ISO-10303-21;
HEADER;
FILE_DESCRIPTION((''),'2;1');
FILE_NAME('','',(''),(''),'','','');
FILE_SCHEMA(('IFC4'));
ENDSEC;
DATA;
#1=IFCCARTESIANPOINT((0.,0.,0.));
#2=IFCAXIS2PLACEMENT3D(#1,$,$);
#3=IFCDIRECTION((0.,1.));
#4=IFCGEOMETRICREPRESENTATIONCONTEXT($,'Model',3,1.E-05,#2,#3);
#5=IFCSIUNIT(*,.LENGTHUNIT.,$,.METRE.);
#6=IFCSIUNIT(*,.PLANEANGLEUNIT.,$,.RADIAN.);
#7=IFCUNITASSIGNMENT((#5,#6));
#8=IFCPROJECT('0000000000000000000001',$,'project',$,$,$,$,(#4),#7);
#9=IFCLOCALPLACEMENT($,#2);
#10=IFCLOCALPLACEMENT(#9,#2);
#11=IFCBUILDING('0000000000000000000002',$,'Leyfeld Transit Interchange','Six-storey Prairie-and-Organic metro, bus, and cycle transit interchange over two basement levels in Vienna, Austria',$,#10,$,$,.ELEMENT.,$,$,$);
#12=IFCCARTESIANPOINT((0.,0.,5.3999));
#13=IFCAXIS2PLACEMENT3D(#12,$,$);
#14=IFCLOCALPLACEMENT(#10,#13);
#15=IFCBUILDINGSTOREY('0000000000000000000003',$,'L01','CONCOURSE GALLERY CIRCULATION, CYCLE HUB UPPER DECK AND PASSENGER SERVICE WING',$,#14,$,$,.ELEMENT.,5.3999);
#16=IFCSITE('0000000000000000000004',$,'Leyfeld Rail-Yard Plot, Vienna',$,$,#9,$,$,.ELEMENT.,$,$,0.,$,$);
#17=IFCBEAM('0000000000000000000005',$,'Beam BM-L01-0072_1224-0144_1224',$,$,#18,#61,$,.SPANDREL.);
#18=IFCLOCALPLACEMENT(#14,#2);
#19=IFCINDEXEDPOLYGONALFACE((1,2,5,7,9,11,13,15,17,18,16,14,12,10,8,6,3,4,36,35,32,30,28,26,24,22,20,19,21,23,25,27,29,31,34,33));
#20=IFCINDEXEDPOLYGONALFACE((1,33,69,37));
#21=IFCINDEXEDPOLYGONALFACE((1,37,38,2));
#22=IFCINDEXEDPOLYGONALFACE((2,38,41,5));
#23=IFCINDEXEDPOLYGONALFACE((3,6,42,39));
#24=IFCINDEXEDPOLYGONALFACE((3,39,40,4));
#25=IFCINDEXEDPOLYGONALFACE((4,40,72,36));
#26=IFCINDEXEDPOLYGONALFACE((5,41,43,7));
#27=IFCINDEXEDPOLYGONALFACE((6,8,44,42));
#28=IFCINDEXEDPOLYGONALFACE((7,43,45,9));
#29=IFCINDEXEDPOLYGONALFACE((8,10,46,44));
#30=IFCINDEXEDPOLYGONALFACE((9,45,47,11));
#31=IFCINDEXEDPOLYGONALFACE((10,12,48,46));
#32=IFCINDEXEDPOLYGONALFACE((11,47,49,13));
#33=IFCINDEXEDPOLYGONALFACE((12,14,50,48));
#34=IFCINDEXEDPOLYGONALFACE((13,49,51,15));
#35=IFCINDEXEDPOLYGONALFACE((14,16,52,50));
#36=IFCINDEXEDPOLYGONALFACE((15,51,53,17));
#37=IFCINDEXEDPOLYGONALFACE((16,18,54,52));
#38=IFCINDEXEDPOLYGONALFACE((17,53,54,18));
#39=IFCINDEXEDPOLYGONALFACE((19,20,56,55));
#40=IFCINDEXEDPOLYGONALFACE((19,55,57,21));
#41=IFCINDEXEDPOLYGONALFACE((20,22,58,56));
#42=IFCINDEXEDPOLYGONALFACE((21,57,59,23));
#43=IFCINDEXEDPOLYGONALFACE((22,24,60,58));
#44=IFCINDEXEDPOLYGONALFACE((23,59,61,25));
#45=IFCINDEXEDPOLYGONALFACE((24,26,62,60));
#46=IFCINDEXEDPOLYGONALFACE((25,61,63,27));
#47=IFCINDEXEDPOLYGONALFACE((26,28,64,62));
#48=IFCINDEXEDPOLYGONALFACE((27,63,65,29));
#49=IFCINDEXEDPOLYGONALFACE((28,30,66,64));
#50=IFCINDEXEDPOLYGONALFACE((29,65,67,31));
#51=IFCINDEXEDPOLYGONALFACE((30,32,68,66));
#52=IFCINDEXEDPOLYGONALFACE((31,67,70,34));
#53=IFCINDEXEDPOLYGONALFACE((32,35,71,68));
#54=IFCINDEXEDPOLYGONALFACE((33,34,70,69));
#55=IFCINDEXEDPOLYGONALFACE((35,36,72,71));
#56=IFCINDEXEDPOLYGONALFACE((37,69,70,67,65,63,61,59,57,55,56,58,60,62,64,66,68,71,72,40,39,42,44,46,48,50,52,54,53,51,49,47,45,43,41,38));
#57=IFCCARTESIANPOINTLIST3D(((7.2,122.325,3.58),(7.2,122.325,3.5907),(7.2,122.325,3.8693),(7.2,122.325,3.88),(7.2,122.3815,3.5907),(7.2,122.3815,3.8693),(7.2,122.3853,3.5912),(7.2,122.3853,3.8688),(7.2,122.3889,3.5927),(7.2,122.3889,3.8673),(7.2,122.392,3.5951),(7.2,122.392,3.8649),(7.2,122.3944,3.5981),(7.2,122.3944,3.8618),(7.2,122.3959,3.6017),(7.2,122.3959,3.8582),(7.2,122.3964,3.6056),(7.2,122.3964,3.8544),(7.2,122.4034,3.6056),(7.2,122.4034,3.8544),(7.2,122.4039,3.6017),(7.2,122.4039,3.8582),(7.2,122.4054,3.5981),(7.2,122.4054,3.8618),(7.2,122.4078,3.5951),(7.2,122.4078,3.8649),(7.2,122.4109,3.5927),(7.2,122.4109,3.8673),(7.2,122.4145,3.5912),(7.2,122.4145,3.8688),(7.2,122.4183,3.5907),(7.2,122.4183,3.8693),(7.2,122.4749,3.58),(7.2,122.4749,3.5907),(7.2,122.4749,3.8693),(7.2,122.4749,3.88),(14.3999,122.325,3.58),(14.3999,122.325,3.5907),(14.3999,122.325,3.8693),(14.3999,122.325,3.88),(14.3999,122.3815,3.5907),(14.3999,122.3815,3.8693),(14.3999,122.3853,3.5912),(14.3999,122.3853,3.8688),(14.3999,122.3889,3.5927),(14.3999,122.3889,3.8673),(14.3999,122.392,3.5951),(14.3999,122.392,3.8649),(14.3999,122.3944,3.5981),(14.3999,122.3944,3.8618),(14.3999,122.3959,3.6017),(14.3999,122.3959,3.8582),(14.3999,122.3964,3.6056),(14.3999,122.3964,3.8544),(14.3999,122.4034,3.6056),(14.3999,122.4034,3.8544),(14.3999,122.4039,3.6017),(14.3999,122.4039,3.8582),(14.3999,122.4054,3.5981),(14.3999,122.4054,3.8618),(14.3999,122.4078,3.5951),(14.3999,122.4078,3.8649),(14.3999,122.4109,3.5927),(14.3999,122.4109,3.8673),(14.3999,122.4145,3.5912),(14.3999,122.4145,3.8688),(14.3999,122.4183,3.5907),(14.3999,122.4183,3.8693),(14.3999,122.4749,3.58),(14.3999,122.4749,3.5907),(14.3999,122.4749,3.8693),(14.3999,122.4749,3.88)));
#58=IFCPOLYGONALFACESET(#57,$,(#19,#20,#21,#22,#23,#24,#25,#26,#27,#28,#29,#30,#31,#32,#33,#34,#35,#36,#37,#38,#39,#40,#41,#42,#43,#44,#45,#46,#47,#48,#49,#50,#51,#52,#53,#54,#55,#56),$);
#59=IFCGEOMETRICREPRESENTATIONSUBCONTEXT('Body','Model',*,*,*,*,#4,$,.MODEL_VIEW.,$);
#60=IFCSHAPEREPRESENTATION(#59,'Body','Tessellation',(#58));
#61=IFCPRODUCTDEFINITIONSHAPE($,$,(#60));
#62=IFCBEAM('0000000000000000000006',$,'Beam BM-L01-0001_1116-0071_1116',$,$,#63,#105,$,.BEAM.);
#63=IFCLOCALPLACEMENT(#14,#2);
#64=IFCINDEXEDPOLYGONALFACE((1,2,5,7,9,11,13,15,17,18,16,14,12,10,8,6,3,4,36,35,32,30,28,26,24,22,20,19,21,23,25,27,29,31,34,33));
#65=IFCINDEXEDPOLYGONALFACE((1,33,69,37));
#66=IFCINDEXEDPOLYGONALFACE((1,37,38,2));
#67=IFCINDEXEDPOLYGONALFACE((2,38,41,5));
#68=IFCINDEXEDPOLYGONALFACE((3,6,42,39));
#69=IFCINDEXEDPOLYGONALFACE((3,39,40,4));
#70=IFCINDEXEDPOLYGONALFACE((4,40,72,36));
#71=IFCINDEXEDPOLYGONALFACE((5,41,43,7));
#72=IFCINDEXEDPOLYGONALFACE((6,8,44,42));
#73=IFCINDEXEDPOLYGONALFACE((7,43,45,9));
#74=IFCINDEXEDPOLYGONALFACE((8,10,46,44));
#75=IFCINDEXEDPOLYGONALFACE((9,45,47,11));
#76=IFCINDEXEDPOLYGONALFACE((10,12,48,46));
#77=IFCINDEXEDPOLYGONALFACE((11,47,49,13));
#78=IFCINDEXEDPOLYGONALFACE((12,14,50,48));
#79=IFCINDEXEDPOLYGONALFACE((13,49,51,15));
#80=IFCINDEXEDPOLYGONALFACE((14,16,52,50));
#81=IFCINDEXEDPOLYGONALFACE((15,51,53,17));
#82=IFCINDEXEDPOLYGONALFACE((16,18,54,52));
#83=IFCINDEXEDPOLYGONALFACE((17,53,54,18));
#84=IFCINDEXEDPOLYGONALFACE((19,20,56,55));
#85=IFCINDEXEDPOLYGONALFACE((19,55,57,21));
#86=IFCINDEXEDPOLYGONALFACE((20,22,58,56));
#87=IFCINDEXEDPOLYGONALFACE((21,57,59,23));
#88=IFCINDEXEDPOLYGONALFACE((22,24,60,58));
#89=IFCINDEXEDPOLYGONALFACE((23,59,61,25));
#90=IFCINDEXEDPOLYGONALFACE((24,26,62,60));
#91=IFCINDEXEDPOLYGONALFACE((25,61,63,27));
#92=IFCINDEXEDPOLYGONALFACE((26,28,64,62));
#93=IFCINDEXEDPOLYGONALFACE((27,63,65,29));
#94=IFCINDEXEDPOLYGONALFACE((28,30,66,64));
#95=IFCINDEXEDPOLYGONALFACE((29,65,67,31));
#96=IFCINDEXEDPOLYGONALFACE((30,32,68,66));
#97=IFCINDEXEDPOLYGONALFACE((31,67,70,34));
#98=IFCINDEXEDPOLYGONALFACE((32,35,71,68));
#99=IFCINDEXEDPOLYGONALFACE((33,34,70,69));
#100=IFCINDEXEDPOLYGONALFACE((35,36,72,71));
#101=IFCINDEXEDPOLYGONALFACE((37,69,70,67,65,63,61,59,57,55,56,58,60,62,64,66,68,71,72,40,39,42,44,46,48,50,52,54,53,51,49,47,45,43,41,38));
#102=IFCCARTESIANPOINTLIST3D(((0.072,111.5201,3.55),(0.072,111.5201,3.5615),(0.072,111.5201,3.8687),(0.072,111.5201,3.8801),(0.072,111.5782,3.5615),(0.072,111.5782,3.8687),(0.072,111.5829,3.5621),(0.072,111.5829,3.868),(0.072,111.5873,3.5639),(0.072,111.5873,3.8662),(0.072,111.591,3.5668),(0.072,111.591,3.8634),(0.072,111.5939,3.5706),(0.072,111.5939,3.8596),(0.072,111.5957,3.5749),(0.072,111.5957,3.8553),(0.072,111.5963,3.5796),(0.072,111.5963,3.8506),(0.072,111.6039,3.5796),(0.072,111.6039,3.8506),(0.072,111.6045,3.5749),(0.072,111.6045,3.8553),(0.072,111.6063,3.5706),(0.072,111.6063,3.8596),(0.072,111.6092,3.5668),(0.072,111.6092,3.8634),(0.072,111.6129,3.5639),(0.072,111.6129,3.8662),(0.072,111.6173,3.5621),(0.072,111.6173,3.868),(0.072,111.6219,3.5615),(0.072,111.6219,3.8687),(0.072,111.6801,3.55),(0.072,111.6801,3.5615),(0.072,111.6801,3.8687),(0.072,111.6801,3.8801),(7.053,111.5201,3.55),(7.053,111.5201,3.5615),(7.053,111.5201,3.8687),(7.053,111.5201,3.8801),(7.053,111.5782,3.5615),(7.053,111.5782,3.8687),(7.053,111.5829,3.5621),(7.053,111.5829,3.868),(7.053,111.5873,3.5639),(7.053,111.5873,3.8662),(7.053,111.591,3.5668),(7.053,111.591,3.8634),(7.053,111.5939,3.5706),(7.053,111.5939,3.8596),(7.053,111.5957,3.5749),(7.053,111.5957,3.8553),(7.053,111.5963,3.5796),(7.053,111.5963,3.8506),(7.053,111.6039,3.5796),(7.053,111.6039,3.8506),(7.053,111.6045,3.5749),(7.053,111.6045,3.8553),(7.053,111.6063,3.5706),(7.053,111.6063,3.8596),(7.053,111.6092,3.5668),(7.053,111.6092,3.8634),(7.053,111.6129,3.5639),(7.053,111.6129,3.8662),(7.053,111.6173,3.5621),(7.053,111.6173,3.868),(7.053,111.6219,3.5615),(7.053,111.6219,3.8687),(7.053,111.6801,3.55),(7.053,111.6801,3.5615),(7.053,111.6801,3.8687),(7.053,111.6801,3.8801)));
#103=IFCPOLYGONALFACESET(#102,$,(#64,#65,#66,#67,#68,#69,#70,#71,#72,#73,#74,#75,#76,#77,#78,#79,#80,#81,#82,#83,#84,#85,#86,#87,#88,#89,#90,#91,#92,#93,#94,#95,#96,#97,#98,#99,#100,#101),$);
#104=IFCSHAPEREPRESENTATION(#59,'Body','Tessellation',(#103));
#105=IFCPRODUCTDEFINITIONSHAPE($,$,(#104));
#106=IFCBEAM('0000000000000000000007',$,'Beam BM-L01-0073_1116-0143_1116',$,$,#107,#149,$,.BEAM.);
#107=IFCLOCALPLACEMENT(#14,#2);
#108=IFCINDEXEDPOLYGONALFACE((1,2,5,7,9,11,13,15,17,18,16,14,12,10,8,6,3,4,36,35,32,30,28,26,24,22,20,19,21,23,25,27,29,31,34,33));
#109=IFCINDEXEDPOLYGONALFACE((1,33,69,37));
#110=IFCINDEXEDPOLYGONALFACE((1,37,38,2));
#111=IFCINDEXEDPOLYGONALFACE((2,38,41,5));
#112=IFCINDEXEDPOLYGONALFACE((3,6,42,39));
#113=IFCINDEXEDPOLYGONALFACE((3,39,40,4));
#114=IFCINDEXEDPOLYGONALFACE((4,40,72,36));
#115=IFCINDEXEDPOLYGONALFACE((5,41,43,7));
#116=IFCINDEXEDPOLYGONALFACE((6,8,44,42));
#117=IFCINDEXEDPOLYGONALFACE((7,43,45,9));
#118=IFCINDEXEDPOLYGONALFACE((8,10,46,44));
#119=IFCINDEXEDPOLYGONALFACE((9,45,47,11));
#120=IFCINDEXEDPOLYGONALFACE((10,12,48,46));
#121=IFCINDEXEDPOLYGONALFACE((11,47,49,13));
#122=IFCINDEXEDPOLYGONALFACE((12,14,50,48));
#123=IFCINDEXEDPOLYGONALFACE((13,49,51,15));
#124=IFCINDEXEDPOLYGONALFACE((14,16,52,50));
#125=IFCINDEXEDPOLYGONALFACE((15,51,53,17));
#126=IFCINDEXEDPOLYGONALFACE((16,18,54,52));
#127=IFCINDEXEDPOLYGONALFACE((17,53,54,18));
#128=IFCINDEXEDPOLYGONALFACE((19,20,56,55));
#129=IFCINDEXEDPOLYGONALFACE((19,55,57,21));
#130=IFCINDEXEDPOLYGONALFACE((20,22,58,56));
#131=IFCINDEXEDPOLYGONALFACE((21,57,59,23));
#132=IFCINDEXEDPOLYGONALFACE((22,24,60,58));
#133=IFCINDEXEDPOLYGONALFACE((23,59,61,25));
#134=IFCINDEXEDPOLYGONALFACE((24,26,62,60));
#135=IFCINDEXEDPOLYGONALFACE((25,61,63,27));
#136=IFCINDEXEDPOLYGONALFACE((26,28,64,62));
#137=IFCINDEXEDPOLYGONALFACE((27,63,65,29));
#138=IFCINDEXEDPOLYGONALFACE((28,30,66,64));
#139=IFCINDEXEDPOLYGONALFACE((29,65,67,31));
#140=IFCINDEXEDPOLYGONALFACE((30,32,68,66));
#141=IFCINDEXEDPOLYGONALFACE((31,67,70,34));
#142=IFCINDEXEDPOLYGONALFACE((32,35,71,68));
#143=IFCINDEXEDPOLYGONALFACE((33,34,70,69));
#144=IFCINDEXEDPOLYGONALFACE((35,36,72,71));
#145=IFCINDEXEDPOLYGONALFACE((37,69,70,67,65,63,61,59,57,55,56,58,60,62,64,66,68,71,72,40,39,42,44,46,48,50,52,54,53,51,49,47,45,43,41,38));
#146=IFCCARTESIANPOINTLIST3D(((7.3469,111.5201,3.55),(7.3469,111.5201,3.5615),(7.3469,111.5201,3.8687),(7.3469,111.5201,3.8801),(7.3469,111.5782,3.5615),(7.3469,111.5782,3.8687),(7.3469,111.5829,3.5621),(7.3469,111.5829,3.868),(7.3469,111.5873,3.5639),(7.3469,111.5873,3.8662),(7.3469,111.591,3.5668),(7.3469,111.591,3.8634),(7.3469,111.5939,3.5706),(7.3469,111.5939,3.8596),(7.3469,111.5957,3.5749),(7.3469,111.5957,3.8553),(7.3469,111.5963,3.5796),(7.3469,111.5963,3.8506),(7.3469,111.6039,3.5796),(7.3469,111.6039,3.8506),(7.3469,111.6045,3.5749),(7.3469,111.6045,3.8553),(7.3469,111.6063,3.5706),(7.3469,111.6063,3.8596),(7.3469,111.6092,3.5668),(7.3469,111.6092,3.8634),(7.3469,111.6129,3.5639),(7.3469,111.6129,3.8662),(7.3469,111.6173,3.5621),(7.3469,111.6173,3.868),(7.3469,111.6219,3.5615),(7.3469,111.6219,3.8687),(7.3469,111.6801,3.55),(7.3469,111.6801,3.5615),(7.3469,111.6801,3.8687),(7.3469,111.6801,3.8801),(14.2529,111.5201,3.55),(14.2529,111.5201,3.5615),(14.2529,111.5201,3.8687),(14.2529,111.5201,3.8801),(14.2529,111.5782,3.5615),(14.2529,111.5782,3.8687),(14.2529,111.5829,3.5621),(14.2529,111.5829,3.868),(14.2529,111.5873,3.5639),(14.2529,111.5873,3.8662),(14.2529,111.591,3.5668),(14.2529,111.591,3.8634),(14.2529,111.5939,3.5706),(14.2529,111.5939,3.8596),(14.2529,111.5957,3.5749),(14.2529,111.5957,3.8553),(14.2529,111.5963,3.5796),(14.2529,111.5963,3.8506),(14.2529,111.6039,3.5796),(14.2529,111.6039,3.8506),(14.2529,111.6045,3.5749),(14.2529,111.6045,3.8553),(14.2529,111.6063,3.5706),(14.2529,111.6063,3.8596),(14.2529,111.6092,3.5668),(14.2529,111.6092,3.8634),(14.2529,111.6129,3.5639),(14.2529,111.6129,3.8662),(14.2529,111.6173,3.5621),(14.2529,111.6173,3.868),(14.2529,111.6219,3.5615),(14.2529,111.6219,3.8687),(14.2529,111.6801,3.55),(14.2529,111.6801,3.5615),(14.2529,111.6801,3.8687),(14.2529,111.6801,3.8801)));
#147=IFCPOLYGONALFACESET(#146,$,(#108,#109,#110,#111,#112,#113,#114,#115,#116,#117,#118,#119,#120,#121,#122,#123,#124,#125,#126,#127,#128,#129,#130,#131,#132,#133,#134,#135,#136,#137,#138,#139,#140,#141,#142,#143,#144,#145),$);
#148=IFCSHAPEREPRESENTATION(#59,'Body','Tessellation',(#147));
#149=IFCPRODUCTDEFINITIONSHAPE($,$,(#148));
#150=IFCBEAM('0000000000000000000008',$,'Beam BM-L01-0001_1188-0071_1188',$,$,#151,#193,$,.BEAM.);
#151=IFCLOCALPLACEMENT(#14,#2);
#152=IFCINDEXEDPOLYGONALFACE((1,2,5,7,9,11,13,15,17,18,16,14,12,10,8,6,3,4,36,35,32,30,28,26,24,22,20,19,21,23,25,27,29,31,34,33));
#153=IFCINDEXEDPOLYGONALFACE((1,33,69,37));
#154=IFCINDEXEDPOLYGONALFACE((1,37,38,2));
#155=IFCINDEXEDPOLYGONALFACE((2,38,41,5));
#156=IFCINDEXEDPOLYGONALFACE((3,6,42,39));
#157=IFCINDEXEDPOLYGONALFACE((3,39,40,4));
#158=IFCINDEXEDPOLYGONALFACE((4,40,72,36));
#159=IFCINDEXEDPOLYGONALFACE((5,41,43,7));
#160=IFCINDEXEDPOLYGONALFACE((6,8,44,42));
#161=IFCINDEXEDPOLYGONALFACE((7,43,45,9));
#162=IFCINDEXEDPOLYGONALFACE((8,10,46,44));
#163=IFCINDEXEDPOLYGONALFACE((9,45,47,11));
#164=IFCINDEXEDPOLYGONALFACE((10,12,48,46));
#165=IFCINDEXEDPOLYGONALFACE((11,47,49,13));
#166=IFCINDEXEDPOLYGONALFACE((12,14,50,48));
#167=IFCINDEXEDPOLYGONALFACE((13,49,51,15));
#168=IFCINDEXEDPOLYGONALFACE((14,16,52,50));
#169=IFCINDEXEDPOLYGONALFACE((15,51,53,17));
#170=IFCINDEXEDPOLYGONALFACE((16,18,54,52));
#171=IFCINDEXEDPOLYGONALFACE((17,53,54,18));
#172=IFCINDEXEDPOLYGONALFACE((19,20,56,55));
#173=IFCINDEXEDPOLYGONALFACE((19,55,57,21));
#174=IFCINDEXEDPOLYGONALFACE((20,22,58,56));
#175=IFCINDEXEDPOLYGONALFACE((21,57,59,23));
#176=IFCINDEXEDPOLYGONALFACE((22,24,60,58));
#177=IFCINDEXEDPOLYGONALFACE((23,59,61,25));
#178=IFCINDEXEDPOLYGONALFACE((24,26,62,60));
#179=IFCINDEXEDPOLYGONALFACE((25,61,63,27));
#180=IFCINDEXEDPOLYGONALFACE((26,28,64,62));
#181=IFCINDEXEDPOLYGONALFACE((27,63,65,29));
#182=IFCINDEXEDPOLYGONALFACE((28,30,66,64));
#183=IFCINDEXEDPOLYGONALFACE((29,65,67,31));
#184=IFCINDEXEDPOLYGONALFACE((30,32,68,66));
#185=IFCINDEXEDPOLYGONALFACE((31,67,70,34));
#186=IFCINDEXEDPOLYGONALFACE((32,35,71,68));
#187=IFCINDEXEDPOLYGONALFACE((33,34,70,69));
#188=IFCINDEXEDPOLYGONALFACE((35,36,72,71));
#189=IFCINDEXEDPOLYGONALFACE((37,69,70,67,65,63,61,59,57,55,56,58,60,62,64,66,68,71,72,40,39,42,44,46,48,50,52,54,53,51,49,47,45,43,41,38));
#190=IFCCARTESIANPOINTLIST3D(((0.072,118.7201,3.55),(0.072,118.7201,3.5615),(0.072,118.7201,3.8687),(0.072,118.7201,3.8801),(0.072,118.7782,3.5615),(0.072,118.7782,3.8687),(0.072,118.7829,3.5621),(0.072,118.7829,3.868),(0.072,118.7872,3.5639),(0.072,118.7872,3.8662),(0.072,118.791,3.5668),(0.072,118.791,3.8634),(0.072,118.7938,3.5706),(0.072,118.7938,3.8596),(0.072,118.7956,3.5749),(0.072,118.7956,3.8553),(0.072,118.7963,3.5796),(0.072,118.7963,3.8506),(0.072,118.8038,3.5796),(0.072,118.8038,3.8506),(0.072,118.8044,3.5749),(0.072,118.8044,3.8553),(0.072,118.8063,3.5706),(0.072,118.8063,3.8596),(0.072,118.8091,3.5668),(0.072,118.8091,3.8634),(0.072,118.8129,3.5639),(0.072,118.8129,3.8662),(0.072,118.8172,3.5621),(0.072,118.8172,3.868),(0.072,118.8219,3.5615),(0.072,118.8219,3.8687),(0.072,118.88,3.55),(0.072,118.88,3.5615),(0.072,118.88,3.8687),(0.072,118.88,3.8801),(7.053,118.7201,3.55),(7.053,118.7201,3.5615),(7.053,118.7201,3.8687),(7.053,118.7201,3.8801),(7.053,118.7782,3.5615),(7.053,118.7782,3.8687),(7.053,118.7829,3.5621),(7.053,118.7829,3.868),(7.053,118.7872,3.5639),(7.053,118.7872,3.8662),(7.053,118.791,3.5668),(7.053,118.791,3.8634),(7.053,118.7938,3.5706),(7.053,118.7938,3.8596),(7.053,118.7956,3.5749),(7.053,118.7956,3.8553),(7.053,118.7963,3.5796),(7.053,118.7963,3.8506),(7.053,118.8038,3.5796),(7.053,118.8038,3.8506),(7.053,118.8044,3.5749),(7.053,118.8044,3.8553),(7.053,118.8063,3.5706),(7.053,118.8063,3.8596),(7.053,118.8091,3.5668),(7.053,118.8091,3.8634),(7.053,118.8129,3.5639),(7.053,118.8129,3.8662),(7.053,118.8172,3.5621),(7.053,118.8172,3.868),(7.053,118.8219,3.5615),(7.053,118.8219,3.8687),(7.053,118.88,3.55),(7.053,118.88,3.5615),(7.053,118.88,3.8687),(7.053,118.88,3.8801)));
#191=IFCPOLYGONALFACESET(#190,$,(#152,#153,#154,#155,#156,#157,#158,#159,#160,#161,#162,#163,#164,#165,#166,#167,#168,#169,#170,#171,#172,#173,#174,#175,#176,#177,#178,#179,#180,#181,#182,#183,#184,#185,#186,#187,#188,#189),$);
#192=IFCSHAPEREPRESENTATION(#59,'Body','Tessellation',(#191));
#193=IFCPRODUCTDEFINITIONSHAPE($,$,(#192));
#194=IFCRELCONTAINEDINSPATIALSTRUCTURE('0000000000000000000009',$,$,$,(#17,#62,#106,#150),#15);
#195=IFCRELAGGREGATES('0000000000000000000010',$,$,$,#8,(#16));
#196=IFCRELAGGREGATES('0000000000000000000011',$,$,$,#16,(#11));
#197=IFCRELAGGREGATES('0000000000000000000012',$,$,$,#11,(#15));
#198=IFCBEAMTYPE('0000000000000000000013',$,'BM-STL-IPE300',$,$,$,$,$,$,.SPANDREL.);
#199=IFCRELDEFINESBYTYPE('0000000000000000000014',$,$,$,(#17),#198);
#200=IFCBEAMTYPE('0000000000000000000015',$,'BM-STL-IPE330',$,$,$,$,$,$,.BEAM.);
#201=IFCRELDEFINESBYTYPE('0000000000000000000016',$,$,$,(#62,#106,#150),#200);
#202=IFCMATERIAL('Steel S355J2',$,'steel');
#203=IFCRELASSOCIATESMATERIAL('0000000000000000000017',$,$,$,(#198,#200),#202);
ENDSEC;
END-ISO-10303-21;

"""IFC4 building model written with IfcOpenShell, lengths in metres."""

from ifc_helpers import new_model, si_unit, direction, frame, origin, origin_2d, place, context, subcontext, project, spatial, i_section, extrude, material, material_profile, profile_set, type_object, element, save


model = new_model("IFC4")

# Units and contexts
model_context = context("Model", 3, precision=1e-05, world=origin(), true_north=direction((0.0, 1.0)))
body_context = subcontext(model_context, "Body", "Model", "MODEL_VIEW")
ifc_project = project(units=[si_unit("LENGTHUNIT", "METRE"), si_unit("PLANEANGLEUNIT", "RADIAN")], contexts=[model_context])

# Site, building, storey
site_placement = place(None, origin())
site = spatial("IfcSite", under=ifc_project, at=site_placement, Name="Leyfeld Rail-Yard Plot, Vienna", CompositionType="ELEMENT", RefElevation=0.0)
building_placement = place(site_placement, origin())
building = spatial("IfcBuilding", under=site, at=building_placement, Name="Leyfeld Transit Interchange", Description="Six-storey Prairie-and-Organic metro, bus, and cycle transit interchange over two basement levels in Vienna, Austria", CompositionType="ELEMENT")
storey_placement = place(building_placement, frame((0.0, 0.0, 5.3999)))
storey = spatial("IfcBuildingStorey", under=building, at=storey_placement, Name="L01", Description="CONCOURSE GALLERY CIRCULATION, CYCLE HUB UPPER DECK AND PASSENGER SERVICE WING", CompositionType="ELEMENT", Elevation=5.3999)

# Beams
ifc_material_1 = material(Name="Steel S355J2", Category="steel")
ifc_material_profile_1 = material_profile(ifc_material_1, i_section(OverallWidth=0.1499, OverallDepth=0.3, WebThickness=0.0071, FlangeThickness=0.0107, FilletRadius=0.0149, at=origin_2d()), Name="IPE 300")
ifc_profile_set_1 = profile_set([ifc_material_profile_1], Name="Steel S355J2")
beam_type_1 = type_object("IfcBeamType", Name="BM-STL-IPE300", PredefinedType="SPANDREL", material=ifc_profile_set_1)
for number, where, z_axis, x_axis, name in (
    (1, (7.2, 122.3999, 3.73), (1.0, 0.0, 0.0), (0.0, 1.0, 0.0), "Beam BM-L01-0072_1224-0144_1224"),
):
    element("IfcBeam", number, at=place(storey_placement, frame(where, z_axis=z_axis, x_axis=x_axis)), inside=storey, type_object=beam_type_1, Name=name, PredefinedType="SPANDREL", context=body_context, shape_type="SweptSolid", body=[
        extrude(i_section(OverallWidth=0.1499, OverallDepth=0.3, WebThickness=0.0071, FlangeThickness=0.0107, FilletRadius=0.0149, at=origin_2d()), origin(), (0.0, 0.0, 1.0), 7.2),
    ])
ifc_material_profile_2 = material_profile(ifc_material_1, i_section(OverallWidth=0.1599, OverallDepth=0.3301, WebThickness=0.0076, FlangeThickness=0.0115, FilletRadius=0.0181, at=origin_2d()), Name="IPE 330")
ifc_profile_set_2 = profile_set([ifc_material_profile_2], Name="Steel S355J2")
beam_type_2 = type_object("IfcBeamType", Name="BM-STL-IPE330", PredefinedType="BEAM", material=ifc_profile_set_2)
beam_1_placement = place(storey_placement, frame((0.072, 111.6001, 3.7151), z_axis=(1.0, 0.0, 0.0), x_axis=(0.0, 1.0, 0.0)))
element("IfcBeam", 2, at=beam_1_placement, inside=storey, type_object=beam_type_2, Name="Beam BM-L01-0001_1116-0071_1116", PredefinedType="BEAM", context=body_context, shape_type="SweptSolid", body=[
    extrude(i_section(OverallWidth=0.1599, OverallDepth=0.3301, WebThickness=0.0076, FlangeThickness=0.0115, FilletRadius=0.0181, at=origin_2d()), origin(), (0.0, 0.0, 1.0), 6.981),
])
beam_2_placement = place(storey_placement, frame((7.3469, 111.6001, 3.7151), z_axis=(1.0, 0.0, 0.0), x_axis=(0.0, 1.0, 0.0)))
element("IfcBeam", 3, at=beam_2_placement, inside=storey, type_object=beam_type_2, Name="Beam BM-L01-0073_1116-0143_1116", PredefinedType="BEAM", context=body_context, shape_type="SweptSolid", body=[
    extrude(i_section(OverallWidth=0.1599, OverallDepth=0.3301, WebThickness=0.0076, FlangeThickness=0.0115, FilletRadius=0.0181, at=origin_2d()), origin(), (0.0, 0.0, 1.0), 6.906),
])
beam_3_placement = place(storey_placement, frame((0.072, 118.8, 3.7151), z_axis=(1.0, 0.0, 0.0), x_axis=(0.0, 1.0, 0.0)))
element("IfcBeam", 4, at=beam_3_placement, inside=storey, type_object=beam_type_2, Name="Beam BM-L01-0001_1188-0071_1188", PredefinedType="BEAM", context=body_context, shape_type="SweptSolid", body=[
    extrude(i_section(OverallWidth=0.1599, OverallDepth=0.3301, WebThickness=0.0076, FlangeThickness=0.0115, FilletRadius=0.0181, at=origin_2d()), origin(), (0.0, 0.0, 1.0), 6.981),
])

save(model, "model.ifc")
